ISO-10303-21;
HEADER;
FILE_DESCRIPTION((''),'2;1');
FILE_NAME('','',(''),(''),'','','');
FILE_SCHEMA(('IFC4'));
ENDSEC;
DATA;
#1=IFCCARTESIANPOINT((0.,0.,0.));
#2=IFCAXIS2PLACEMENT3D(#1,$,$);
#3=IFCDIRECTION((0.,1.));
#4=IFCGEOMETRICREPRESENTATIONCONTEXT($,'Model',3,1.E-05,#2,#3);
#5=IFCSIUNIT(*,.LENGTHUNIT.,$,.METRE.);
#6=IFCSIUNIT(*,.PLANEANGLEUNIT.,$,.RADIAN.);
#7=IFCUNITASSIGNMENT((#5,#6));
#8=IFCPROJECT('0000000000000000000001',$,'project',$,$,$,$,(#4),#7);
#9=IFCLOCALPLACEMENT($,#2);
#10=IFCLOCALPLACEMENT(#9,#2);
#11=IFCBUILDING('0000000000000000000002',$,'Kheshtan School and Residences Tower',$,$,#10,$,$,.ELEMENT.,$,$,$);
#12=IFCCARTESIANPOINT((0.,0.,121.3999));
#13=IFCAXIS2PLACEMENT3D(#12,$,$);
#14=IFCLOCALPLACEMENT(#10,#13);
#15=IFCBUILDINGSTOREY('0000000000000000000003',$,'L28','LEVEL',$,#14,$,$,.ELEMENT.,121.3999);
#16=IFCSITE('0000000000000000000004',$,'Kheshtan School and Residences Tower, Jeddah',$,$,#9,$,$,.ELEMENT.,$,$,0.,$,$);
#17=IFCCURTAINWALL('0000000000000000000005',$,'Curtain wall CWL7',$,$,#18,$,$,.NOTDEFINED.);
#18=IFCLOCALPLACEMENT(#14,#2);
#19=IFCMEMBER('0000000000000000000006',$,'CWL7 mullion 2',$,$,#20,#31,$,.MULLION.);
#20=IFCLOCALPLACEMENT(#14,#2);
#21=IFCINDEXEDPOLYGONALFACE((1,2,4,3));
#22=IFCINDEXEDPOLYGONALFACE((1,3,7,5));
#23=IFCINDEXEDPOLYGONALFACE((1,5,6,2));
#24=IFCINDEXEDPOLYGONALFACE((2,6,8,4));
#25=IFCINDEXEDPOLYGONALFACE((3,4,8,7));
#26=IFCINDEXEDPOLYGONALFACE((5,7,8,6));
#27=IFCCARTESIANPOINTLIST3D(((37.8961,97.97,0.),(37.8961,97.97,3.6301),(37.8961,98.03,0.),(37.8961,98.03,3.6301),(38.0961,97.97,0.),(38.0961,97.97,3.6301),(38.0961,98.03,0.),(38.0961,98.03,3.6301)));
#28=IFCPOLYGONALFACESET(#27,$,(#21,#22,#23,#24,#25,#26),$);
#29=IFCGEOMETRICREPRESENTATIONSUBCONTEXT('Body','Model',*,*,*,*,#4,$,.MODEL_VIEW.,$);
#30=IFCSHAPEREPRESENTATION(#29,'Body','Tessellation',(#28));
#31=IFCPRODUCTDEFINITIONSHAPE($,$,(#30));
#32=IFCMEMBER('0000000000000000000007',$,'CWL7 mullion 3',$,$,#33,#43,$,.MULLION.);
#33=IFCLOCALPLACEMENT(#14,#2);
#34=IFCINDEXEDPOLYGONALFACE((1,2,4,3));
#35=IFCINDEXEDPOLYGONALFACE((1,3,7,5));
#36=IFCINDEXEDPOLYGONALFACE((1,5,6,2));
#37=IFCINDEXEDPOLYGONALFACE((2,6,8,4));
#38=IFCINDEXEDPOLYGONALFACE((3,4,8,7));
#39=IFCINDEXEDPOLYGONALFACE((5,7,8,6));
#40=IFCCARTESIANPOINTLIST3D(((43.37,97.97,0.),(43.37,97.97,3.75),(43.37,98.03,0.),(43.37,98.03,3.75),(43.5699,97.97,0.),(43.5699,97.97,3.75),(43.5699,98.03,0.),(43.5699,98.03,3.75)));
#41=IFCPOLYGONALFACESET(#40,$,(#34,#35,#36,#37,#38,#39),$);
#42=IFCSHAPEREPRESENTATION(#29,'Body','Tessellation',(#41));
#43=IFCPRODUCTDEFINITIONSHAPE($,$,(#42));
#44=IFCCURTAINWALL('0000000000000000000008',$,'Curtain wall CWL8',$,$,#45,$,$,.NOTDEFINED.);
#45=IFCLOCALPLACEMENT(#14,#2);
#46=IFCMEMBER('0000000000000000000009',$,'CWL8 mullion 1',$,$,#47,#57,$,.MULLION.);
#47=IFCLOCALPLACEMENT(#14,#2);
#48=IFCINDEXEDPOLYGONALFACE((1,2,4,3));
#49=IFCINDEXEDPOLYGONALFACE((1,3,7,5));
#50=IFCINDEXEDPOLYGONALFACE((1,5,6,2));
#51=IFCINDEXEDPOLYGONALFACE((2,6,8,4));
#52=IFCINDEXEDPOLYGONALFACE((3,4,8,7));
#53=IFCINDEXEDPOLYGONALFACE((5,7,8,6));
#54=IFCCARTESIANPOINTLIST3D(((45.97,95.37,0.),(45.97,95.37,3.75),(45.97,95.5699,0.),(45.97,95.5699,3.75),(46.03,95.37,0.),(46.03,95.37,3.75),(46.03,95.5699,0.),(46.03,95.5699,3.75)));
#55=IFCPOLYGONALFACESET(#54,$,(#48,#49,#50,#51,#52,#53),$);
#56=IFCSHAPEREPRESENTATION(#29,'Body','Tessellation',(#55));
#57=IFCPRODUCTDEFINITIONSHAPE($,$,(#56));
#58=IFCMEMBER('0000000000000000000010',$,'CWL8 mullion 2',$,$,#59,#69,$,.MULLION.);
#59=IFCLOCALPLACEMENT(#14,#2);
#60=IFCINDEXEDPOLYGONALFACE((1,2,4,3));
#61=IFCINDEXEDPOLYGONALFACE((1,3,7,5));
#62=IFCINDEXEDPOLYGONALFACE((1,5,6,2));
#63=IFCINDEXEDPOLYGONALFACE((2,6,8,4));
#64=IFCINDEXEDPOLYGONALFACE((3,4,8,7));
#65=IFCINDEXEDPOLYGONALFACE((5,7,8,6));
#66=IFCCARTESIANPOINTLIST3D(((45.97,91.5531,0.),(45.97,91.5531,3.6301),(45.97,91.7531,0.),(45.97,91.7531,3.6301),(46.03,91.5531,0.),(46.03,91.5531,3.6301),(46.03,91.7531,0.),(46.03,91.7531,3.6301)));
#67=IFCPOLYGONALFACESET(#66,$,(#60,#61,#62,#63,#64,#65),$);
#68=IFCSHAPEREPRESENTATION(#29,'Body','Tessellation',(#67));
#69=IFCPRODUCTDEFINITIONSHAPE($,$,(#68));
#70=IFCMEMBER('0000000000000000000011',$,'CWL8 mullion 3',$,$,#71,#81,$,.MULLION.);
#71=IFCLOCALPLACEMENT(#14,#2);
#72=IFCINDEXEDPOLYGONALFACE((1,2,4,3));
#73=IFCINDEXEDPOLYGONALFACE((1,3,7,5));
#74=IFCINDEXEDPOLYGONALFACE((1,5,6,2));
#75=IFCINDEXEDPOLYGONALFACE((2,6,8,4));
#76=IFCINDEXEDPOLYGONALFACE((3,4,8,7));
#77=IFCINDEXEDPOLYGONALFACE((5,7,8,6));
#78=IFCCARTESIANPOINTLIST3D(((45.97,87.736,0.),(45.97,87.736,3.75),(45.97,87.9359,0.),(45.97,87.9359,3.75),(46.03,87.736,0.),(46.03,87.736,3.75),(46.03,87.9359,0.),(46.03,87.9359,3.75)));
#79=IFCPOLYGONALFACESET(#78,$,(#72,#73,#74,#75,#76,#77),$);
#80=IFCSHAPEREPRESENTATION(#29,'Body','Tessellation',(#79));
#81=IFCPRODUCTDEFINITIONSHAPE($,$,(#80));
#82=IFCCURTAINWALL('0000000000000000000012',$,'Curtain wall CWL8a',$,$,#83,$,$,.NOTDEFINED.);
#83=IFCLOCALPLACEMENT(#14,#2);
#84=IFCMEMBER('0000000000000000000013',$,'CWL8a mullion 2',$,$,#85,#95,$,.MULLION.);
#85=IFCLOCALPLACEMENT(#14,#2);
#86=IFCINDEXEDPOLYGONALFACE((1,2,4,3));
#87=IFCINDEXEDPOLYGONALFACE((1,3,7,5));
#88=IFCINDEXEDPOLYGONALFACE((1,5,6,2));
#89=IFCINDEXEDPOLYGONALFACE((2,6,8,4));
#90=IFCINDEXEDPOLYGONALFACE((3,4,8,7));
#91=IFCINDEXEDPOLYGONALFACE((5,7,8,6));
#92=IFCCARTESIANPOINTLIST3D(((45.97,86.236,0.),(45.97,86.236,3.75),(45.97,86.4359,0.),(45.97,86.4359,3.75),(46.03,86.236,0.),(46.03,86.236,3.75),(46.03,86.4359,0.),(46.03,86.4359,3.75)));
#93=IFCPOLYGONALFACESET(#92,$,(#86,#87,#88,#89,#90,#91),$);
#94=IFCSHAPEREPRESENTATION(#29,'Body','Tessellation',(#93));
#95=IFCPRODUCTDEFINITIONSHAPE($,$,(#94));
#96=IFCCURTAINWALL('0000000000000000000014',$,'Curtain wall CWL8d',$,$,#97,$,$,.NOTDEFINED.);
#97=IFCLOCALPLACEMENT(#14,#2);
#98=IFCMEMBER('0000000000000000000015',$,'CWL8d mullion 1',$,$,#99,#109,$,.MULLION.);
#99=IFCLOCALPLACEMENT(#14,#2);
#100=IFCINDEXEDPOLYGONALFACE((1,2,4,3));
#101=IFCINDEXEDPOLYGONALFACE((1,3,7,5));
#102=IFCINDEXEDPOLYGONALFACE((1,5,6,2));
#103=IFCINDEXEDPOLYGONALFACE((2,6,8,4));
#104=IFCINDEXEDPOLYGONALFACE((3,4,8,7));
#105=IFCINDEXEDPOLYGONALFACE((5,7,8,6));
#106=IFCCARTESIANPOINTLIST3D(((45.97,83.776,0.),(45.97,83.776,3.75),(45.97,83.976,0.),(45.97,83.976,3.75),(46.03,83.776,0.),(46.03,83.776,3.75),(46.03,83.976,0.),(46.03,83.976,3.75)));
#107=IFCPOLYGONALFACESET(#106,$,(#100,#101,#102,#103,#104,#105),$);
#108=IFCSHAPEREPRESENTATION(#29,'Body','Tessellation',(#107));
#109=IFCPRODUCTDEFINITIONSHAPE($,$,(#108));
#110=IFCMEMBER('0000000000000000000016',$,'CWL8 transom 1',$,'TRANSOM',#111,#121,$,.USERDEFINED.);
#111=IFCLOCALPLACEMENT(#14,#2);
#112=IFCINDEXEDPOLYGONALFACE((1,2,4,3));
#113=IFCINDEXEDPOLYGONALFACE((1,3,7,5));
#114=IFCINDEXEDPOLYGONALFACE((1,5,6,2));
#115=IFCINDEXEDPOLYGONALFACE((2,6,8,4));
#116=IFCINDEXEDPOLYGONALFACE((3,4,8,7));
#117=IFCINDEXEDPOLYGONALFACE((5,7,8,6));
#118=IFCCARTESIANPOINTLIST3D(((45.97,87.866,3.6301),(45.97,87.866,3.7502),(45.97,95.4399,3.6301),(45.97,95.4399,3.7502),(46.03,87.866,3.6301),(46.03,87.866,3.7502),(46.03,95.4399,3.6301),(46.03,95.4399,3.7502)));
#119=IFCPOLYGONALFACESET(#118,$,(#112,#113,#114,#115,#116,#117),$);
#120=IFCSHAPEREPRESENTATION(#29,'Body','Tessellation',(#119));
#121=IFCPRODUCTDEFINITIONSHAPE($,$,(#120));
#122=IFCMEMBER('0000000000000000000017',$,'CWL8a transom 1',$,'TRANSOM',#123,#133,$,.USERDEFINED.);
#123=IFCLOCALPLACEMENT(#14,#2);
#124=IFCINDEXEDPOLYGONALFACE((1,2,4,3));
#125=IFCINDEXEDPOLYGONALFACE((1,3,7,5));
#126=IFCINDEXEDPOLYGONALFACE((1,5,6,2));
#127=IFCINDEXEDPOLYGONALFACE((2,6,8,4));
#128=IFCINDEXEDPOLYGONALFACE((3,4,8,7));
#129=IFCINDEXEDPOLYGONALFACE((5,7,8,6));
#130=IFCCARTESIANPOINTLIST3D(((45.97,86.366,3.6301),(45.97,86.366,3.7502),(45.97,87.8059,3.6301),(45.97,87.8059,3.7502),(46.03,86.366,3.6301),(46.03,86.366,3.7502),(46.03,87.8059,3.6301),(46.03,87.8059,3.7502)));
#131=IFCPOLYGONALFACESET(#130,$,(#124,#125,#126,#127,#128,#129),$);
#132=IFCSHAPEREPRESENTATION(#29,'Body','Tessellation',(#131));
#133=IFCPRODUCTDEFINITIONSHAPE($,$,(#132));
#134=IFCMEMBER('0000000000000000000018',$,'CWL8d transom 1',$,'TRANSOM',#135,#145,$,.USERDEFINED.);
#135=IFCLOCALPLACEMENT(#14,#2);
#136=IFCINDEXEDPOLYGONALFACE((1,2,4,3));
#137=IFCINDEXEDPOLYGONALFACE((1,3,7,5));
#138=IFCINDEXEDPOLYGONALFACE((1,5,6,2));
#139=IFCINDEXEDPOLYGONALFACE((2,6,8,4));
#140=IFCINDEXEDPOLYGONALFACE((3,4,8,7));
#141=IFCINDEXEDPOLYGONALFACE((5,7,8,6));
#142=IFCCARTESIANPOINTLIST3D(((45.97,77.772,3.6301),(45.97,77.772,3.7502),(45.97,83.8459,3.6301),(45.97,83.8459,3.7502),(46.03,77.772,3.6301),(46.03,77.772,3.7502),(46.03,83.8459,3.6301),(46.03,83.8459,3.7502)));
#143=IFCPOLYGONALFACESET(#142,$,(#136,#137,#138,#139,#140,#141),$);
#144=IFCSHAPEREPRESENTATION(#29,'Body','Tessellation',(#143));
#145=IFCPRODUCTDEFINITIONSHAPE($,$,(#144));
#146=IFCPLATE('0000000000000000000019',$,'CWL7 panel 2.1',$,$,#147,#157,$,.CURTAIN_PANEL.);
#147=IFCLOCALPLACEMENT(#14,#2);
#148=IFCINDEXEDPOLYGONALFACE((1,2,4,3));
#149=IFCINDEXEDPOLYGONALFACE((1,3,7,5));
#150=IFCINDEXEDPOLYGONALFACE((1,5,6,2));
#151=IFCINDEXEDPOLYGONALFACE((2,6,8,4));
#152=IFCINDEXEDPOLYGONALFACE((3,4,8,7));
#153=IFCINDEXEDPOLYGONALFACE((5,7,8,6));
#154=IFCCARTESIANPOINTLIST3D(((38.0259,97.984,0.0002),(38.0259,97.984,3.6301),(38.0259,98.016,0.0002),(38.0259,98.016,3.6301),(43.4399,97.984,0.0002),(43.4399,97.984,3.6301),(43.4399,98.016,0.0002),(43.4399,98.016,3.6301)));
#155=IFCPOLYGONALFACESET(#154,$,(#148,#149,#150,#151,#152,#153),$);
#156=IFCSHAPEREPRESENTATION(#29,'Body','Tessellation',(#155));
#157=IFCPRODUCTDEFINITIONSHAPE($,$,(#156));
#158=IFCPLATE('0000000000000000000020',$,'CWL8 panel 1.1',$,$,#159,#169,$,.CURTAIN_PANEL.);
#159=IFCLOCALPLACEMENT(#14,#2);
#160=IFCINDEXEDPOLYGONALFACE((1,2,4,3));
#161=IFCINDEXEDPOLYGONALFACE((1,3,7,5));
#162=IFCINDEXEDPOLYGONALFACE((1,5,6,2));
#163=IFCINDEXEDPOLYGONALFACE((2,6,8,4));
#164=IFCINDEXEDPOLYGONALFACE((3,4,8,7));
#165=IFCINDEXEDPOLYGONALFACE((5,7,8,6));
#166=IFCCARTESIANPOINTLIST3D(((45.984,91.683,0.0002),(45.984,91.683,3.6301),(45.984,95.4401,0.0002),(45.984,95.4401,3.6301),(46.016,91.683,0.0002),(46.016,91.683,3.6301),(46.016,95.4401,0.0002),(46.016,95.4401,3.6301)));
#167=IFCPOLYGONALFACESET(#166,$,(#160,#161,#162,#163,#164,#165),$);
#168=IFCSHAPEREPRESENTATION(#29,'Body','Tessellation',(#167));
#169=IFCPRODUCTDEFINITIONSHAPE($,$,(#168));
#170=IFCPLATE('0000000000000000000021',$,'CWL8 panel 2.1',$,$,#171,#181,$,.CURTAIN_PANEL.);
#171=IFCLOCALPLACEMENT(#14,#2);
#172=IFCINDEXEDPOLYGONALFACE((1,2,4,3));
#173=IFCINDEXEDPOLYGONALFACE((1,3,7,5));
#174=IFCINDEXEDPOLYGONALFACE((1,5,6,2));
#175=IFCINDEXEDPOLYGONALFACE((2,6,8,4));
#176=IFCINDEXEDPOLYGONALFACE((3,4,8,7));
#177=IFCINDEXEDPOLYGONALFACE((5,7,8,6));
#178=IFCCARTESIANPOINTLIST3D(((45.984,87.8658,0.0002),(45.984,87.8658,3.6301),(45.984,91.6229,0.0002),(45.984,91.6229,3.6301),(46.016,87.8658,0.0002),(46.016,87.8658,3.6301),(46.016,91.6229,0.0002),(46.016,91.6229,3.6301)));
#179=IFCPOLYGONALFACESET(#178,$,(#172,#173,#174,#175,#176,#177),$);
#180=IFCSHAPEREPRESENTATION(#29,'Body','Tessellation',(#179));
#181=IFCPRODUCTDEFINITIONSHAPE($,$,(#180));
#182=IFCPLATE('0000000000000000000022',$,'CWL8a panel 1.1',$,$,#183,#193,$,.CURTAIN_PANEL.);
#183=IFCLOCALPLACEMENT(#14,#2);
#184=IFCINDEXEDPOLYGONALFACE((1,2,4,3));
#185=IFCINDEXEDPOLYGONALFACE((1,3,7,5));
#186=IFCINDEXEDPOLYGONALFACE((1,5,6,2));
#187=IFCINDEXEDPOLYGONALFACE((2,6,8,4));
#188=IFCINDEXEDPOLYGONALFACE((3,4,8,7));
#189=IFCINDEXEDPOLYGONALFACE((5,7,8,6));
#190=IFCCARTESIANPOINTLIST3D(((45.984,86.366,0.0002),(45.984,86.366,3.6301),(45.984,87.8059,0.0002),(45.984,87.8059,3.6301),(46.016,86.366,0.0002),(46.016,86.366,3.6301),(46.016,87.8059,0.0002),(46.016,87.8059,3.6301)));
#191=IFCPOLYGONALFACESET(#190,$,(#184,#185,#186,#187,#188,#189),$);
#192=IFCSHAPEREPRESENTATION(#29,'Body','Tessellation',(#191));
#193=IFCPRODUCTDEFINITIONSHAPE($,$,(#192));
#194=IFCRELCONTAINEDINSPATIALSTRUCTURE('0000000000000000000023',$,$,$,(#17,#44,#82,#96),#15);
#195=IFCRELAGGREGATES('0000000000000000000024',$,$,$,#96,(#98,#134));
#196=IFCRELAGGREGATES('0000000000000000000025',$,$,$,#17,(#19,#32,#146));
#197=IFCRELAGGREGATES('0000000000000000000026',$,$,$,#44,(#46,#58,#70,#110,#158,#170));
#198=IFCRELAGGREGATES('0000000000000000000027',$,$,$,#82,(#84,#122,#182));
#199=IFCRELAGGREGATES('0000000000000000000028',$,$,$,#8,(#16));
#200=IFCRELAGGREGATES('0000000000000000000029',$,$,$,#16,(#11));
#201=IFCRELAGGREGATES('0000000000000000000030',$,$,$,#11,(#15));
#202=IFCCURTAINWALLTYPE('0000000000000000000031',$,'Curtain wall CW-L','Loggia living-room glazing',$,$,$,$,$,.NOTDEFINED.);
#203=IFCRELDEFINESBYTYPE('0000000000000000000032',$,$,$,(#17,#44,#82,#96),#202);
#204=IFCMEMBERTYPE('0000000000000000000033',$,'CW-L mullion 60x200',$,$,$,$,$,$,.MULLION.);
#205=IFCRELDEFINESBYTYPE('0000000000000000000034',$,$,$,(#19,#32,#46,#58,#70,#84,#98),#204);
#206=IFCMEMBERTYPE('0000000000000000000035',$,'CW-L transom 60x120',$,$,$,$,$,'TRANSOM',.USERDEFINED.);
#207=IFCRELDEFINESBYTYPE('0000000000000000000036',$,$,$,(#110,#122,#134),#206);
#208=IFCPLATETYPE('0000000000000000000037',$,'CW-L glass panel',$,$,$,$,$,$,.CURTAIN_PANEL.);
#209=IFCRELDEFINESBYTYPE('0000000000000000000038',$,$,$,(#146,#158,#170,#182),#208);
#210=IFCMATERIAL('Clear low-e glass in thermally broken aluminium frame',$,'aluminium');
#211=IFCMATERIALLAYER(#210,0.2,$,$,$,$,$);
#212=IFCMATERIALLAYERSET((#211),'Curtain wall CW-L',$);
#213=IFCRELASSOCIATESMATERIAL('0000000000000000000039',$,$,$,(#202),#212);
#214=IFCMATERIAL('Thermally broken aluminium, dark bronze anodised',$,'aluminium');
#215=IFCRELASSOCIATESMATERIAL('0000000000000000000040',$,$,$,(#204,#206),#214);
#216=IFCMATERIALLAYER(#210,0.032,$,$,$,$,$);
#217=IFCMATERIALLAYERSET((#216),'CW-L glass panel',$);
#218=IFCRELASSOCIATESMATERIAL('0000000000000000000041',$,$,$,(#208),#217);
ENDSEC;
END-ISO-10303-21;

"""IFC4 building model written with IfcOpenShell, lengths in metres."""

from ifc_helpers import new_model, si_unit, direction, frame, origin, origin_2d, place, context, subcontext, project, spatial, rectangle, extrude, material, layer, layer_set, material_profile, profile_set, type_object, element, aggregate, save


model = new_model("IFC4")

# Units and contexts
model_context = context("Model", 3, precision=1e-05, world=origin(), true_north=direction((0.0, 1.0)))
body_context = subcontext(model_context, "Body", "Model", "MODEL_VIEW")
ifc_project = project(units=[si_unit("LENGTHUNIT", "METRE"), si_unit("PLANEANGLEUNIT", "RADIAN")], contexts=[model_context])

# Site, building, storey
site_placement = place(None, origin())
site = spatial("IfcSite", under=ifc_project, at=site_placement, Name="Kheshtan School and Residences Tower, Jeddah", CompositionType="ELEMENT", RefElevation=0.0)
building_placement = place(site_placement, origin())
building = spatial("IfcBuilding", under=site, at=building_placement, Name="Kheshtan School and Residences Tower", CompositionType="ELEMENT")
storey_placement = place(building_placement, frame((0.0, 0.0, 121.3999)))
storey = spatial("IfcBuildingStorey", under=building, at=storey_placement, Name="L28", Description="LEVEL", CompositionType="ELEMENT", Elevation=121.3999)

# Curtain walls, members
ifc_material_1 = material(Name="Clear low-e glass in thermally broken aluminium frame", Category="aluminium")
ifc_layer_1 = layer(ifc_material_1, 0.2)
ifc_layer_set_1 = layer_set([ifc_layer_1], Name="Curtain wall CW-L")
curtain_wall_type = type_object("IfcCurtainWallType", Name="Curtain wall CW-L", Description="Loggia living-room glazing", PredefinedType="NOTDEFINED", material=ifc_layer_set_1)
curtain_wall_1_placement = place(storey_placement, origin())
curtain_wall_1 = element("IfcCurtainWall", 1, at=curtain_wall_1_placement, inside=storey, type_object=curtain_wall_type, Name="Curtain wall CWL7", PredefinedType="NOTDEFINED")
ifc_material_2 = material(Name="Thermally broken aluminium, dark bronze anodised", Category="aluminium")
ifc_material_profile_1 = material_profile(ifc_material_2, rectangle(XDim=0.0601, YDim=0.2, at=origin_2d()), Name="CW-L mullion 60x200")
ifc_profile_set_1 = profile_set([ifc_material_profile_1], Name="Thermally broken aluminium, dark bronze anodised")
member_type_1 = type_object("IfcMemberType", Name="CW-L mullion 60x200", PredefinedType="MULLION", material=ifc_profile_set_1)
member_1_placement = place(storey_placement, frame((37.9961, 98.0, 0.0), z_axis=(0.0, 0.0, 1.0), x_axis=(0.0, 1.0, 0.0)))
member_1 = element("IfcMember", 2, at=member_1_placement, type_object=member_type_1, Name="CWL7 mullion 2", PredefinedType="MULLION", context=body_context, shape_type="SweptSolid", body=[
    extrude(rectangle(XDim=0.0601, YDim=0.2, at=origin_2d()), origin(), (0.0, 0.0, 1.0), 3.6301),
])
member_2_placement = place(storey_placement, frame((43.47, 98.0, 0.0), z_axis=(0.0, 0.0, 1.0), x_axis=(0.0, 1.0, 0.0)))
member_2 = element("IfcMember", 3, at=member_2_placement, type_object=member_type_1, Name="CWL7 mullion 3", PredefinedType="MULLION", context=body_context, shape_type="SweptSolid", body=[
    extrude(rectangle(XDim=0.0601, YDim=0.2, at=origin_2d()), origin(), (0.0, 0.0, 1.0), 3.75),
])
curtain_wall_2_placement = place(storey_placement, origin())
curtain_wall_2 = element("IfcCurtainWall", 4, at=curtain_wall_2_placement, inside=storey, type_object=curtain_wall_type, Name="Curtain wall CWL8", PredefinedType="NOTDEFINED")
member_3_placement = place(storey_placement, frame((46.0, 95.47, 0.0), z_axis=(0.0, 0.0, 1.0), x_axis=(1.0, 0.0, 0.0)))
member_3 = element("IfcMember", 5, at=member_3_placement, type_object=member_type_1, Name="CWL8 mullion 1", PredefinedType="MULLION", context=body_context, shape_type="SweptSolid", body=[
    extrude(rectangle(XDim=0.0601, YDim=0.2, at=origin_2d()), origin(), (0.0, 0.0, 1.0), 3.75),
])
member_4_placement = place(storey_placement, frame((46.0, 91.6531, 0.0), z_axis=(0.0, 0.0, 1.0), x_axis=(1.0, 0.0, 0.0)))
member_4 = element("IfcMember", 6, at=member_4_placement, type_object=member_type_1, Name="CWL8 mullion 2", PredefinedType="MULLION", context=body_context, shape_type="SweptSolid", body=[
    extrude(rectangle(XDim=0.0601, YDim=0.2, at=origin_2d()), origin(), (0.0, 0.0, 1.0), 3.6301),
])
member_5_placement = place(storey_placement, frame((46.0, 87.8359, 0.0), z_axis=(0.0, 0.0, 1.0), x_axis=(1.0, 0.0, 0.0)))
member_5 = element("IfcMember", 7, at=member_5_placement, type_object=member_type_1, Name="CWL8 mullion 3", PredefinedType="MULLION", context=body_context, shape_type="SweptSolid", body=[
    extrude(rectangle(XDim=0.0601, YDim=0.2, at=origin_2d()), origin(), (0.0, 0.0, 1.0), 3.75),
])

# Curtain walls, members
curtain_wall_3_placement = place(storey_placement, origin())
curtain_wall_3 = element("IfcCurtainWall", 8, at=curtain_wall_3_placement, inside=storey, type_object=curtain_wall_type, Name="Curtain wall CWL8a", PredefinedType="NOTDEFINED")
member_6_placement = place(storey_placement, frame((46.0, 86.3359, 0.0), z_axis=(0.0, 0.0, 1.0), x_axis=(1.0, 0.0, 0.0)))
member_6 = element("IfcMember", 9, at=member_6_placement, type_object=member_type_1, Name="CWL8a mullion 2", PredefinedType="MULLION", context=body_context, shape_type="SweptSolid", body=[
    extrude(rectangle(XDim=0.0601, YDim=0.2, at=origin_2d()), origin(), (0.0, 0.0, 1.0), 3.75),
])
curtain_wall_4_placement = place(storey_placement, origin())
curtain_wall_4 = element("IfcCurtainWall", 10, at=curtain_wall_4_placement, inside=storey, type_object=curtain_wall_type, Name="Curtain wall CWL8d", PredefinedType="NOTDEFINED")
member_7_placement = place(storey_placement, frame((46.0, 83.876, 0.0), z_axis=(0.0, 0.0, 1.0), x_axis=(1.0, 0.0, 0.0)))
member_7 = element("IfcMember", 11, at=member_7_placement, type_object=member_type_1, Name="CWL8d mullion 1", PredefinedType="MULLION", context=body_context, shape_type="SweptSolid", body=[
    extrude(rectangle(XDim=0.0601, YDim=0.2, at=origin_2d()), origin(), (0.0, 0.0, 1.0), 3.75),
])

# Members
ifc_material_profile_2 = material_profile(ifc_material_2, rectangle(XDim=0.0601, YDim=0.1201, at=origin_2d()), Name="CW-L transom 60x120")
ifc_profile_set_2 = profile_set([ifc_material_profile_2], Name="Thermally broken aluminium, dark bronze anodised")
member_type_2 = type_object("IfcMemberType", Name="CW-L transom 60x120", ElementType="TRANSOM", PredefinedType="USERDEFINED", material=ifc_profile_set_2)
member_8_placement = place(storey_placement, frame((46.0, 95.4399, 3.6902), z_axis=(0.0, -1.0, 0.0), x_axis=(1.0, 0.0, 0.0)))
member_8 = element("IfcMember", 12, at=member_8_placement, type_object=member_type_2, Name="CWL8 transom 1", ObjectType="TRANSOM", PredefinedType="USERDEFINED", context=body_context, shape_type="SweptSolid", body=[
    extrude(rectangle(XDim=0.0601, YDim=0.1201, at=origin_2d()), origin(), (0.0, 0.0, 1.0), 7.574),
])
member_9_placement = place(storey_placement, frame((46.0, 87.8059, 3.6902), z_axis=(0.0, -1.0, 0.0), x_axis=(1.0, 0.0, 0.0)))
member_9 = element("IfcMember", 13, at=member_9_placement, type_object=member_type_2, Name="CWL8a transom 1", ObjectType="TRANSOM", PredefinedType="USERDEFINED", context=body_context, shape_type="SweptSolid", body=[
    extrude(rectangle(XDim=0.0601, YDim=0.1201, at=origin_2d()), origin(), (0.0, 0.0, 1.0), 1.4399),
])
member_10_placement = place(storey_placement, frame((46.0, 83.8459, 3.6902), z_axis=(0.0, -1.0, 0.0), x_axis=(1.0, 0.0, 0.0)))
member_10 = element("IfcMember", 14, at=member_10_placement, type_object=member_type_2, Name="CWL8d transom 1", ObjectType="TRANSOM", PredefinedType="USERDEFINED", context=body_context, shape_type="SweptSolid", body=[
    extrude(rectangle(XDim=0.0601, YDim=0.1201, at=origin_2d()), origin(), (0.0, 0.0, 1.0), 6.074),
])
aggregate(curtain_wall_4, [member_7, member_10])

# Plates
ifc_layer_2 = layer(ifc_material_1, 0.032)
ifc_layer_set_2 = layer_set([ifc_layer_2], Name="CW-L glass panel")
plate_type = type_object("IfcPlateType", Name="CW-L glass panel", PredefinedType="CURTAIN_PANEL", material=ifc_layer_set_2)
plate_1_placement = place(storey_placement, frame((40.7329, 98.0, 0.0002), z_axis=(0.0, 0.0, 1.0), x_axis=(1.0, 0.0, 0.0)))
plate_1 = element("IfcPlate", 15, at=plate_1_placement, type_object=plate_type, Name="CWL7 panel 2.1", PredefinedType="CURTAIN_PANEL", context=body_context, shape_type="SweptSolid", body=[
    extrude(rectangle(XDim=5.4141, YDim=0.032, at=origin_2d()), origin(), (0.0, 0.0, 1.0), 3.6299),
])
aggregate(curtain_wall_1, [member_1, member_2, plate_1])
plate_2_placement = place(storey_placement, frame((46.0, 93.5615, 0.0002), z_axis=(0.0, 0.0, 1.0), x_axis=(0.0, -1.0, 0.0)))
plate_2 = element("IfcPlate", 16, at=plate_2_placement, type_object=plate_type, Name="CWL8 panel 1.1", PredefinedType="CURTAIN_PANEL", context=body_context, shape_type="SweptSolid", body=[
    extrude(rectangle(XDim=3.7571, YDim=0.032, at=origin_2d()), origin(), (0.0, 0.0, 1.0), 3.6299),
])
plate_3_placement = place(storey_placement, frame((46.0, 89.7444, 0.0002), z_axis=(0.0, 0.0, 1.0), x_axis=(0.0, -1.0, 0.0)))
plate_3 = element("IfcPlate", 17, at=plate_3_placement, type_object=plate_type, Name="CWL8 panel 2.1", PredefinedType="CURTAIN_PANEL", context=body_context, shape_type="SweptSolid", body=[
    extrude(rectangle(XDim=3.7571, YDim=0.032, at=origin_2d()), origin(), (0.0, 0.0, 1.0), 3.6299),
])
aggregate(curtain_wall_2, [member_3, member_4, member_5, member_8, plate_2, plate_3])
plate_4_placement = place(storey_placement, frame((46.0, 87.0859, 0.0002), z_axis=(0.0, 0.0, 1.0), x_axis=(0.0, -1.0, 0.0)))
plate_4 = element("IfcPlate", 18, at=plate_4_placement, type_object=plate_type, Name="CWL8a panel 1.1", PredefinedType="CURTAIN_PANEL", context=body_context, shape_type="SweptSolid", body=[
    extrude(rectangle(XDim=1.4399, YDim=0.032, at=origin_2d()), origin(), (0.0, 0.0, 1.0), 3.6299),
])
aggregate(curtain_wall_3, [member_6, member_9, plate_4])

save(model, "model.ifc")
